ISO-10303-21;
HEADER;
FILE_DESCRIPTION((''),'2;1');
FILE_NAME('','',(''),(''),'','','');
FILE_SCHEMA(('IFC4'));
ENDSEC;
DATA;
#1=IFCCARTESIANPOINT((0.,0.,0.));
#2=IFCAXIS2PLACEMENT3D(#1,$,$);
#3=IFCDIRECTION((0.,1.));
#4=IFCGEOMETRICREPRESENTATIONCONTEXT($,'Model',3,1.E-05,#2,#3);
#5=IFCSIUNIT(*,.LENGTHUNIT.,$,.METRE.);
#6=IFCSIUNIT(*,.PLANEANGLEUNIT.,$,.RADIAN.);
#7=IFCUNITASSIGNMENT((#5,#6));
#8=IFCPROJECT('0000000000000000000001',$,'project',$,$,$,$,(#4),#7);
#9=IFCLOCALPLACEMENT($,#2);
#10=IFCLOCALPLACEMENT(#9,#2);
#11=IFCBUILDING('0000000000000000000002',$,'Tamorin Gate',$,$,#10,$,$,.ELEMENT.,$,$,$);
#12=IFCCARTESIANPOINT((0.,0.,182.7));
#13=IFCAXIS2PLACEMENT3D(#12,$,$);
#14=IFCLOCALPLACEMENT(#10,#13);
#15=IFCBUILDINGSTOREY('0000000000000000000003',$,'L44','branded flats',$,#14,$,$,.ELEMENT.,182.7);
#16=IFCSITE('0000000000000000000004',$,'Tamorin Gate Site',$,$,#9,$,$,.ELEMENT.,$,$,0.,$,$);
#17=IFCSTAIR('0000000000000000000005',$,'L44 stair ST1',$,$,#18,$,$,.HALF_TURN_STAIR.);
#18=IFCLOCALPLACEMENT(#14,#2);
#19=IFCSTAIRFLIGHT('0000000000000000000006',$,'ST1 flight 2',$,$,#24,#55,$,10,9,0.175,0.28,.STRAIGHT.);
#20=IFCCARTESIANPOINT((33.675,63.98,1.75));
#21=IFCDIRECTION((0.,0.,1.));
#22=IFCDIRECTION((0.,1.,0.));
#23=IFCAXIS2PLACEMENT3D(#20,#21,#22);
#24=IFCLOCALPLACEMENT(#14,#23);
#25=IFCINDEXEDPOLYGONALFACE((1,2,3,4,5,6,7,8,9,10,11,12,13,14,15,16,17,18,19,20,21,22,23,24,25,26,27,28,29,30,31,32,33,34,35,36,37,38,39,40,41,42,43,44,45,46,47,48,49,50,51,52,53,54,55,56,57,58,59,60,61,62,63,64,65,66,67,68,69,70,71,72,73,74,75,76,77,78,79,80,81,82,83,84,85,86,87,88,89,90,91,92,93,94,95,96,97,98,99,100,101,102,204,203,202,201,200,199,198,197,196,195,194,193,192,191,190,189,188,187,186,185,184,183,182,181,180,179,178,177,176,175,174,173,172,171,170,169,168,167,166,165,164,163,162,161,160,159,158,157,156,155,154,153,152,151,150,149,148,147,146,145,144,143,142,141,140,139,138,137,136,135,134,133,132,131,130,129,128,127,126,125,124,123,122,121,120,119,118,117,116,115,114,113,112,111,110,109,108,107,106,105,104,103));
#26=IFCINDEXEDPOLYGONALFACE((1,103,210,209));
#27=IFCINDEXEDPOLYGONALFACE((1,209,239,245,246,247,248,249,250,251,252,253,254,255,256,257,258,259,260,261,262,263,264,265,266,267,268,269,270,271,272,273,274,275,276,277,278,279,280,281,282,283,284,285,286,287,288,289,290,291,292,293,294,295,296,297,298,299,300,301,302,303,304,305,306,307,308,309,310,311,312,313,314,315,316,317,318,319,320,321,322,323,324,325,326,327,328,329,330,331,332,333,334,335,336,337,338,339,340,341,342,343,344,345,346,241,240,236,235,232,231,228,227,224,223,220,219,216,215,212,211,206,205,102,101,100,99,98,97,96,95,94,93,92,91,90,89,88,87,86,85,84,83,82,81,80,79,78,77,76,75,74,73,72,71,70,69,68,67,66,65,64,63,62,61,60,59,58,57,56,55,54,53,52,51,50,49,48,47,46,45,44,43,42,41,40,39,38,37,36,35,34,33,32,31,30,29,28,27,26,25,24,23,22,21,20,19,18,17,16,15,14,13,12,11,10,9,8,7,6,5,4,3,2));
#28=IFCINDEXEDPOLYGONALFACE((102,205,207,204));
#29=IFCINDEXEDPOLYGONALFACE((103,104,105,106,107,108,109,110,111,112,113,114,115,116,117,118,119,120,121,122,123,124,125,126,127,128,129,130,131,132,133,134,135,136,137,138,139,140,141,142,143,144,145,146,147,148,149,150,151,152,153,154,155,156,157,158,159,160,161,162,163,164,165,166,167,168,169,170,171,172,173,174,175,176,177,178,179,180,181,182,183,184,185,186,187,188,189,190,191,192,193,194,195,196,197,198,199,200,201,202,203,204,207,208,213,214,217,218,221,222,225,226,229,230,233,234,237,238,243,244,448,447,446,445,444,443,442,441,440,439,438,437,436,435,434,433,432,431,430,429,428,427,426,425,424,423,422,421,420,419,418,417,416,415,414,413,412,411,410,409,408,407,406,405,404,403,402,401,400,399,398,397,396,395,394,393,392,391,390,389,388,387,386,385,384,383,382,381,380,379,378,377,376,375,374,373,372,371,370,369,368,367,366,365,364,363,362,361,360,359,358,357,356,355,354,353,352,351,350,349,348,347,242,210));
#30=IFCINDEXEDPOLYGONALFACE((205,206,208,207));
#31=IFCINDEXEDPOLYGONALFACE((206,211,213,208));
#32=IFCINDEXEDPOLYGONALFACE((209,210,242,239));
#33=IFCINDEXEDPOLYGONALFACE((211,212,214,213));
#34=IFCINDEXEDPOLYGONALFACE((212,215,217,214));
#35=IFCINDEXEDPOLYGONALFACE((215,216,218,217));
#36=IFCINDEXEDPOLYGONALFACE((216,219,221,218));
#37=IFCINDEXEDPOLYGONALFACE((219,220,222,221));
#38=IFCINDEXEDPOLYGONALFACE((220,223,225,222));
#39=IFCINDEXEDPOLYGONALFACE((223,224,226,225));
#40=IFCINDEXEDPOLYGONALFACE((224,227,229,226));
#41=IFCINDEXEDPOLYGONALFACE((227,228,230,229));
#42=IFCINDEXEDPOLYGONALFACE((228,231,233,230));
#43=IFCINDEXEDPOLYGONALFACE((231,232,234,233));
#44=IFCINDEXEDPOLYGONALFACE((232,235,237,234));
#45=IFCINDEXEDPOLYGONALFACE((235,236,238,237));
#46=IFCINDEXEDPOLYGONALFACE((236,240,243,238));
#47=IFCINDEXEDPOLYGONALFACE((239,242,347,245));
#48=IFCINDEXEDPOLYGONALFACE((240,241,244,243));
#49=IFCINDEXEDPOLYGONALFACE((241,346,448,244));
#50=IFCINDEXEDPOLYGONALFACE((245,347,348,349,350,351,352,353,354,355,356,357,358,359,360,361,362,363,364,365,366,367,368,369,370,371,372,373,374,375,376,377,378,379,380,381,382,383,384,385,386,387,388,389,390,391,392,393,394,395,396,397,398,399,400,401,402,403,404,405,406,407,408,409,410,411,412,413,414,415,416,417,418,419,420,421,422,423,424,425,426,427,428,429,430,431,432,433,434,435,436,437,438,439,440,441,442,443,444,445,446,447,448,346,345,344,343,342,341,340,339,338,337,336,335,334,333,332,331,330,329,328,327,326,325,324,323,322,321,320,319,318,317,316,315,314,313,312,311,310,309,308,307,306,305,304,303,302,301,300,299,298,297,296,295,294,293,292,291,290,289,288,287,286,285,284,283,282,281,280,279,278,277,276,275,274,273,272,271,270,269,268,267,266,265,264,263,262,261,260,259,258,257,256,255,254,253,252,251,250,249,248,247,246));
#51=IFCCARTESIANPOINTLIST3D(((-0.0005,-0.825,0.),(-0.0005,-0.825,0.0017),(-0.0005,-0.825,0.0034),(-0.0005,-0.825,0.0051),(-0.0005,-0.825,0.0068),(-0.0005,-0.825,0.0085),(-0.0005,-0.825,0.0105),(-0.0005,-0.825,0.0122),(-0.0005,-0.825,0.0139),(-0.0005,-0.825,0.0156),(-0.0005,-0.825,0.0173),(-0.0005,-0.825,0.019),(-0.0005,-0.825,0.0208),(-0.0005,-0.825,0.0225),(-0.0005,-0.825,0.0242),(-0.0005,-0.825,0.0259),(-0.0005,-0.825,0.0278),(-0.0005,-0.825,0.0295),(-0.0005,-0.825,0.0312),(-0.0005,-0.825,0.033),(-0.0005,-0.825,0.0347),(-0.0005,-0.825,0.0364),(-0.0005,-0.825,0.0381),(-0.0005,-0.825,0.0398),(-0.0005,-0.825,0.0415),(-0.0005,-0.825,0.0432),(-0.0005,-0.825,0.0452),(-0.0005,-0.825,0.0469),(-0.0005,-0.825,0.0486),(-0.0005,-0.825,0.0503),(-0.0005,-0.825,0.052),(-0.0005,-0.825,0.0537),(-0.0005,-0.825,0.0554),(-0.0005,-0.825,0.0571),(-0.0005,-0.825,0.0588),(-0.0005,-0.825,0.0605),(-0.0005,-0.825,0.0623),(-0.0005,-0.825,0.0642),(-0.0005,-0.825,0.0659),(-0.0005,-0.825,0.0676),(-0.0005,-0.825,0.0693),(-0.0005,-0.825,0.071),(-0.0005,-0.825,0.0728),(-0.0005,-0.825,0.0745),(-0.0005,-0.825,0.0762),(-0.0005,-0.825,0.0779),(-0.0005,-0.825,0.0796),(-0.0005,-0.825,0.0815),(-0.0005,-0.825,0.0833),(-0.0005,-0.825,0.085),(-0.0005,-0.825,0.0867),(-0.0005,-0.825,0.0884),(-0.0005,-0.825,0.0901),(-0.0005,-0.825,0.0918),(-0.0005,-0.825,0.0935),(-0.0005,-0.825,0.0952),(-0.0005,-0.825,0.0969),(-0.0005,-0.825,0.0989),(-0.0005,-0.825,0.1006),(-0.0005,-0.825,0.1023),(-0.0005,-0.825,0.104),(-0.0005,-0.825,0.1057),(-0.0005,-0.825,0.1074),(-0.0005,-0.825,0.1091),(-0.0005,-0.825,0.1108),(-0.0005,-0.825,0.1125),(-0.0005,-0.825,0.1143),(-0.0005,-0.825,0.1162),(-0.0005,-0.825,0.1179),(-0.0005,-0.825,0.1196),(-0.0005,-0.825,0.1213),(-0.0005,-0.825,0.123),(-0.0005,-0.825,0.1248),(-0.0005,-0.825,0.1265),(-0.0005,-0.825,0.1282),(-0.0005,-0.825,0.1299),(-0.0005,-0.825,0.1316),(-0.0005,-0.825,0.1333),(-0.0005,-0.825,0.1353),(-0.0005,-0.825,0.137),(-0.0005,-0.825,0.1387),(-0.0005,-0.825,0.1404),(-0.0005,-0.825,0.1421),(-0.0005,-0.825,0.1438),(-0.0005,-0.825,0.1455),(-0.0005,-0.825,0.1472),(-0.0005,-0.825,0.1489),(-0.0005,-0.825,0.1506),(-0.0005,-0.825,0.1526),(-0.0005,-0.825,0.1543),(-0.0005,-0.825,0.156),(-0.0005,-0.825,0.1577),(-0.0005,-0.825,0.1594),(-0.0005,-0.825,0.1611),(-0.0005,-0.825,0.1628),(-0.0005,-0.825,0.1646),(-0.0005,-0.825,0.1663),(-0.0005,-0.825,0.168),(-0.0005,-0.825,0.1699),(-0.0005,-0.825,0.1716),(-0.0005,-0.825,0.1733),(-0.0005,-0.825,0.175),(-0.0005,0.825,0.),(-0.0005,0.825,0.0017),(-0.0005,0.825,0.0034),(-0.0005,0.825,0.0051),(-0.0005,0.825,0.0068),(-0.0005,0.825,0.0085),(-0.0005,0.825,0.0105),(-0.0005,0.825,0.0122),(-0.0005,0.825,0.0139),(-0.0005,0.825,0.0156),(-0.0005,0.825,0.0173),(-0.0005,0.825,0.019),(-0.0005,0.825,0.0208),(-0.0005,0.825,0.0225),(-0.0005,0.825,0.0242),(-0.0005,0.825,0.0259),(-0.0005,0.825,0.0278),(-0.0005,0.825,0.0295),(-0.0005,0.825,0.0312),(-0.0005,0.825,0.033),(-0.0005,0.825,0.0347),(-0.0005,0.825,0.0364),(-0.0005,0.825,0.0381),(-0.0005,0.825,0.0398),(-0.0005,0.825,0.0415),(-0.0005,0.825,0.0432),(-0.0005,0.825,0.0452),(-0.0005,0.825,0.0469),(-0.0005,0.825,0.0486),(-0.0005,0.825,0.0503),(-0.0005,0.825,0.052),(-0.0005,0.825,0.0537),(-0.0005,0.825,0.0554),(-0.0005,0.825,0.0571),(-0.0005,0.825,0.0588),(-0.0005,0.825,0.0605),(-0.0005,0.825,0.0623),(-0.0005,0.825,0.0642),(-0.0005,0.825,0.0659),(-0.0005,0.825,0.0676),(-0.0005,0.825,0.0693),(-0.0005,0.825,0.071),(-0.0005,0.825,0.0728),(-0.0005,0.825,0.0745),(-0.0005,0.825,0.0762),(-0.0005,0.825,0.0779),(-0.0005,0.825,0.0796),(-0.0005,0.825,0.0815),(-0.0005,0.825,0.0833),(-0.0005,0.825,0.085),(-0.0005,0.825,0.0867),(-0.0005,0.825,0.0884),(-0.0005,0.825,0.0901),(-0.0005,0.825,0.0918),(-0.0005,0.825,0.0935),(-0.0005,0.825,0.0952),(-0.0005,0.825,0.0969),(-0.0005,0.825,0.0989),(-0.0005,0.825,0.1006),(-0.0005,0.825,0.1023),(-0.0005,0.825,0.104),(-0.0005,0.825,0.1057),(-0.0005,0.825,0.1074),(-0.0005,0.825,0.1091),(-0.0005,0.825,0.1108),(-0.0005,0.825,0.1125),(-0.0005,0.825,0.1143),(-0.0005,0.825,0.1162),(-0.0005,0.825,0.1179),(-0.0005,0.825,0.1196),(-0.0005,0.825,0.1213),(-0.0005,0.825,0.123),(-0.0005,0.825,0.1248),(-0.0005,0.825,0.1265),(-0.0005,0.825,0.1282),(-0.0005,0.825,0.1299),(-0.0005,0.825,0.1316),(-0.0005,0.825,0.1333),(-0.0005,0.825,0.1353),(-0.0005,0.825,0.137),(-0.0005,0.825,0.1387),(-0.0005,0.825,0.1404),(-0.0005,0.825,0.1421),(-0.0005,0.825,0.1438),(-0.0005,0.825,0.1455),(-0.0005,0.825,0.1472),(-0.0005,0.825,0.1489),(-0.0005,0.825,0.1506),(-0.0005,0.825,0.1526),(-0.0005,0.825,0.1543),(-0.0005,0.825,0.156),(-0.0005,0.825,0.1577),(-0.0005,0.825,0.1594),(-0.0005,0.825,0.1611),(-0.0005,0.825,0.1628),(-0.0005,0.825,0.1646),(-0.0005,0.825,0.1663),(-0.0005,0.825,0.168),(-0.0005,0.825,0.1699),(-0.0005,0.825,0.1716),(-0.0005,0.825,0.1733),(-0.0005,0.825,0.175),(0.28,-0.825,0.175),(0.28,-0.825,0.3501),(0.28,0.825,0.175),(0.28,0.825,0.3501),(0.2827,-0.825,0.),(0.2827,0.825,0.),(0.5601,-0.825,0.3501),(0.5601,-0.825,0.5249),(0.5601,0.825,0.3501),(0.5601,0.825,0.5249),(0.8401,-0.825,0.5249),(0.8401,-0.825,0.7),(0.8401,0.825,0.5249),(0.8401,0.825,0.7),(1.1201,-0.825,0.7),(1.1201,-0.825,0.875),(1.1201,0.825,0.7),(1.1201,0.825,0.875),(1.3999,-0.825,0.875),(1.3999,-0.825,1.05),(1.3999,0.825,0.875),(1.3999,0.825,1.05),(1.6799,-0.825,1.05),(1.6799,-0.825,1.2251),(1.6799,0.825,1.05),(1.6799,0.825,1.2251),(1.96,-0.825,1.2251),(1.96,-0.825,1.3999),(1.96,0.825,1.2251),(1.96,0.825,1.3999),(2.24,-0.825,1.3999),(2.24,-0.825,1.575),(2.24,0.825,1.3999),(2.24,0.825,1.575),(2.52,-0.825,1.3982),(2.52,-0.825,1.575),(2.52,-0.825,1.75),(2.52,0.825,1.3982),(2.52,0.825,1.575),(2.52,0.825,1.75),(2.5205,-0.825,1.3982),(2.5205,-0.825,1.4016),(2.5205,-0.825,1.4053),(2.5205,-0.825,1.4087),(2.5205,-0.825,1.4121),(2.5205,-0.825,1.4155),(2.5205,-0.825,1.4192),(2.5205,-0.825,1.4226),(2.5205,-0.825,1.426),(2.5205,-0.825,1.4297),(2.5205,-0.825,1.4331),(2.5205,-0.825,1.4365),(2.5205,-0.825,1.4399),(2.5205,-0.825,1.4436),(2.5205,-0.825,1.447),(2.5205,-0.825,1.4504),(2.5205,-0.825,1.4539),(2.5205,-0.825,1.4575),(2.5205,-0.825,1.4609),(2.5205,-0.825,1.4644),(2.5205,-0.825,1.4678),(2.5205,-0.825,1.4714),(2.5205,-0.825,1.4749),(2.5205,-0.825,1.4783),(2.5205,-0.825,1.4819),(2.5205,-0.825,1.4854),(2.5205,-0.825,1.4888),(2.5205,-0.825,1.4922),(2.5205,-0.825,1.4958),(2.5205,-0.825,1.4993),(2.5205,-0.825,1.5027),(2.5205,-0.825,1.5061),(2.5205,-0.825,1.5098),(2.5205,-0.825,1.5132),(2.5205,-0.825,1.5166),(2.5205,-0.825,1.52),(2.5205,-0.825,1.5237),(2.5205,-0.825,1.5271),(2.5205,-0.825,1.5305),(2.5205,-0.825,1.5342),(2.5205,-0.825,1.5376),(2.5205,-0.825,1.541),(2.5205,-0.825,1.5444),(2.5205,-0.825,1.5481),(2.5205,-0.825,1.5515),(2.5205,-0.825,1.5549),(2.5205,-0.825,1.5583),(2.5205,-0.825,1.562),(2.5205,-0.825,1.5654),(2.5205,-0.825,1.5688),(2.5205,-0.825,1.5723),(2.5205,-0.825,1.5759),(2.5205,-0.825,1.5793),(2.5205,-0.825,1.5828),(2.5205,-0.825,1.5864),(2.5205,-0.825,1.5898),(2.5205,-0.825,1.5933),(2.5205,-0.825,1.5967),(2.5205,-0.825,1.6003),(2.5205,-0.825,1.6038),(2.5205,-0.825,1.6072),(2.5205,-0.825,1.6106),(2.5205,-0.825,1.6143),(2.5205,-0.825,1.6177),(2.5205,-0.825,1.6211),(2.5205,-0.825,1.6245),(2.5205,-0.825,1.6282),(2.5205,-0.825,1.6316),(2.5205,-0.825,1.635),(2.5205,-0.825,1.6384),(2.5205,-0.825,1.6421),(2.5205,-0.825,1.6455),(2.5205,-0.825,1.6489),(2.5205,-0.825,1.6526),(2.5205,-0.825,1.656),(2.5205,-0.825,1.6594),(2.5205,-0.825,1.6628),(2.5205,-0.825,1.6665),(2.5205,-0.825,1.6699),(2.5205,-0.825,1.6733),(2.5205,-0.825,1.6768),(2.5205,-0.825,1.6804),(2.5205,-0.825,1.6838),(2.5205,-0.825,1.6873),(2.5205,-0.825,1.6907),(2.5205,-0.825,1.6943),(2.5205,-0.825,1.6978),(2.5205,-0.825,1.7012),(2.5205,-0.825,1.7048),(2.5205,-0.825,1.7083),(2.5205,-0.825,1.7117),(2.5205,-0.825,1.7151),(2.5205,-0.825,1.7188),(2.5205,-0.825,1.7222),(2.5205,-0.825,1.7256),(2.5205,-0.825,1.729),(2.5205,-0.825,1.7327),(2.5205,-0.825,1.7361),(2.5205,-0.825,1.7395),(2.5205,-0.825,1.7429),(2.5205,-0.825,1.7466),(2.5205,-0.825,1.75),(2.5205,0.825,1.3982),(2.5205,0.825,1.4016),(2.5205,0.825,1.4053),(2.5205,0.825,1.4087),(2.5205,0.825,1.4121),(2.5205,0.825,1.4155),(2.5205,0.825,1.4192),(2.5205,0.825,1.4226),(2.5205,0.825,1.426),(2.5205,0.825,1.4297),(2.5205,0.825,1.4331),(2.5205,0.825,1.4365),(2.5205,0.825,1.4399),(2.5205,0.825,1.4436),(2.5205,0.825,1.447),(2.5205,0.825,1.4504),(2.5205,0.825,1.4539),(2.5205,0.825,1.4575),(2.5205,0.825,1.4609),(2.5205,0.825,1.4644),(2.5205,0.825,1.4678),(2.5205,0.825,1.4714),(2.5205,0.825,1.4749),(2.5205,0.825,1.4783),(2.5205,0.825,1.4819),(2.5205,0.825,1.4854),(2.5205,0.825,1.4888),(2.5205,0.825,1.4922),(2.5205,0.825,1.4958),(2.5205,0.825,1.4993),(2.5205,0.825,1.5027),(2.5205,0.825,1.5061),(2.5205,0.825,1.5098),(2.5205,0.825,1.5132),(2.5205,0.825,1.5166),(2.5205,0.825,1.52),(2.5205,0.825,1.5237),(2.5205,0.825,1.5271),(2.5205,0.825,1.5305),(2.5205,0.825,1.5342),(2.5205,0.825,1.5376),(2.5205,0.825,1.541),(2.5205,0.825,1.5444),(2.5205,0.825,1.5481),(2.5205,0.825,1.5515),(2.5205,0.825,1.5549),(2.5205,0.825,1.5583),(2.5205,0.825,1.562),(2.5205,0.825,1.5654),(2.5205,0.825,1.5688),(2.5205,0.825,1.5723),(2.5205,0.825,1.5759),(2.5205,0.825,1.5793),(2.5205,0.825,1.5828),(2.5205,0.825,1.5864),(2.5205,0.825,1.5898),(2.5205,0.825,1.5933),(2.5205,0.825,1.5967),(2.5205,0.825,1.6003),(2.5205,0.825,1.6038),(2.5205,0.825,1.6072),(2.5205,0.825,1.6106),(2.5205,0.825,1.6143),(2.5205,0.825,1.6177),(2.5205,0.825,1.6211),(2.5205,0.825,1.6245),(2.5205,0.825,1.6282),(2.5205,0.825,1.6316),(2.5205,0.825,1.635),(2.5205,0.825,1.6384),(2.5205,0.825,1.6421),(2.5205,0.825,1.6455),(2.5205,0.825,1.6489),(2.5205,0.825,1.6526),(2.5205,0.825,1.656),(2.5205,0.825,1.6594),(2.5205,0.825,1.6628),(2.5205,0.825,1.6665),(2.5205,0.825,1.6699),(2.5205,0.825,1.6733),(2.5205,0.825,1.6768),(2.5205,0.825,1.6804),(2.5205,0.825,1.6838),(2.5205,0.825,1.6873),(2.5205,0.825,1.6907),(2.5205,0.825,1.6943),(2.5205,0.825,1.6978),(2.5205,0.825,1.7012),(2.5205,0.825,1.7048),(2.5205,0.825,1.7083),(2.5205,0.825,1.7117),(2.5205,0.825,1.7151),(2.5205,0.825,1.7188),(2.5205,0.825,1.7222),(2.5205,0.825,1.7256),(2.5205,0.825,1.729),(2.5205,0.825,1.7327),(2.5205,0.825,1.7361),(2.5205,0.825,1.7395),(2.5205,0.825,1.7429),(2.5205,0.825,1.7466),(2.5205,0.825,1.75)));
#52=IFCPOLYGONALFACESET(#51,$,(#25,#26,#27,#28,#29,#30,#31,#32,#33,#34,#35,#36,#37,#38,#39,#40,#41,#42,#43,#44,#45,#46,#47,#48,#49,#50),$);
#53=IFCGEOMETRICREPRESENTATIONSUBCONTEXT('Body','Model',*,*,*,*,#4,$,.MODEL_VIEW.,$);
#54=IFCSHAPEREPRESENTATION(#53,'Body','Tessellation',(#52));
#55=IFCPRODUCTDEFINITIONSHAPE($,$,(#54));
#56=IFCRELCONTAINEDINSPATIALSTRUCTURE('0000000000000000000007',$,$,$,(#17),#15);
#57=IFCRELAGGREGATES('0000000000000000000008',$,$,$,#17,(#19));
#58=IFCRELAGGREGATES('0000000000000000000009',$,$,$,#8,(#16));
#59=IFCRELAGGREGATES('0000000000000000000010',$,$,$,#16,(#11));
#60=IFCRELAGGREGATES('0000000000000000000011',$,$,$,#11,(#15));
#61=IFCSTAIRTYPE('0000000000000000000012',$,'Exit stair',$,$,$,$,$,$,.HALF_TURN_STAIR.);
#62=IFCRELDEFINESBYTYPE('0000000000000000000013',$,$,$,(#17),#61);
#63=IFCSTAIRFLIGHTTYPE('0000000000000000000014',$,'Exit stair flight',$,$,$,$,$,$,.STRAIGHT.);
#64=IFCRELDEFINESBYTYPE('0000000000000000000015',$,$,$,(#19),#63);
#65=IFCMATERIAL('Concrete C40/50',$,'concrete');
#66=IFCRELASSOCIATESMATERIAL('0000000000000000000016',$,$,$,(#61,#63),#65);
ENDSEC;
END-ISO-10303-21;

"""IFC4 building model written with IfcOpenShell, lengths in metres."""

from ifc_helpers import new_model, si_unit, direction, frame, origin, place, context, subcontext, project, spatial, polyline, outline, extrude, material, type_object, element, aggregate, save


model = new_model("IFC4")

# Units and contexts
model_context = context("Model", 3, precision=1e-05, world=origin(), true_north=direction((0.0, 1.0)))
body_context = subcontext(model_context, "Body", "Model", "MODEL_VIEW")
ifc_project = project(units=[si_unit("LENGTHUNIT", "METRE"), si_unit("PLANEANGLEUNIT", "RADIAN")], contexts=[model_context])

# Site, building, storey
site_placement = place(None, origin())
site = spatial("IfcSite", under=ifc_project, at=site_placement, Name="Tamorin Gate Site", CompositionType="ELEMENT", RefElevation=0.0)
building_placement = place(site_placement, origin())
building = spatial("IfcBuilding", under=site, at=building_placement, Name="Tamorin Gate", CompositionType="ELEMENT")
storey_placement = place(building_placement, frame((0.0, 0.0, 182.7)))
storey = spatial("IfcBuildingStorey", under=building, at=storey_placement, Name="L44", Description="branded flats", CompositionType="ELEMENT", Elevation=182.7)

# Shared definitions
ifc_material_1 = material(Name="Concrete C40/50", Category="concrete")

# Stair, stair flight
stair_type = type_object("IfcStairType", Name="Exit stair", PredefinedType="HALF_TURN_STAIR", material=ifc_material_1)
stair_1_placement = place(storey_placement, origin())
stair_1 = element("IfcStair", 1, at=stair_1_placement, inside=storey, type_object=stair_type, Name="L44 stair ST1", PredefinedType="HALF_TURN_STAIR")
stair_flight_type = type_object("IfcStairFlightType", Name="Exit stair flight", PredefinedType="STRAIGHT", material=ifc_material_1)
stair_flight_1_placement = place(storey_placement, frame((33.675, 63.98, 1.75), z_axis=(0.0, 0.0, 1.0), x_axis=(0.0, 1.0, 0.0)))
stair_flight_1 = element("IfcStairFlight", 2, at=stair_flight_1_placement, type_object=stair_flight_type, Name="ST1 flight 2", NumberOfRisers=10, NumberOfTreads=9, PredefinedType="STRAIGHT", RiserHeight=0.175, TreadLength=0.28, context=body_context, shape_type="SweptSolid", body=[
    extrude(outline(polyline([(-0.0005, 0.0), (-0.0005, 0.0017), (-0.0005, 0.0034), (-0.0005, 0.0051), (-0.0005, 0.0068), (-0.0005, 0.0085), (-0.0005, 0.0105), (-0.0005, 0.0122), (-0.0005, 0.0139), (-0.0005, 0.0156), (-0.0005, 0.0173), (-0.0005, 0.019), (-0.0005, 0.0208), (-0.0005, 0.0225), (-0.0005, 0.0242), (-0.0005, 0.0259), (-0.0005, 0.0278), (-0.0005, 0.0295), (-0.0005, 0.0312), (-0.0005, 0.033), (-0.0005, 0.0347), (-0.0005, 0.0364), (-0.0005, 0.0381), (-0.0005, 0.0398), (-0.0005, 0.0415), (-0.0005, 0.0432), (-0.0005, 0.0452), (-0.0005, 0.0469), (-0.0005, 0.0486), (-0.0005, 0.0503), (-0.0005, 0.052), (-0.0005, 0.0537), (-0.0005, 0.0554), (-0.0005, 0.0571), (-0.0005, 0.0588), (-0.0005, 0.0605), (-0.0005, 0.0623), (-0.0005, 0.0642), (-0.0005, 0.0659), (-0.0005, 0.0676), (-0.0005, 0.0693), (-0.0005, 0.071), (-0.0005, 0.0728), (-0.0005, 0.0745), (-0.0005, 0.0762), (-0.0005, 0.0779), (-0.0005, 0.0796), (-0.0005, 0.0815), (-0.0005, 0.0833), (-0.0005, 0.085), (-0.0005, 0.0867), (-0.0005, 0.0884), (-0.0005, 0.0901), (-0.0005, 0.0918), (-0.0005, 0.0935), (-0.0005, 0.0952), (-0.0005, 0.0969), (-0.0005, 0.0989), (-0.0005, 0.1006), (-0.0005, 0.1023), (-0.0005, 0.104), (-0.0005, 0.1057), (-0.0005, 0.1074), (-0.0005, 0.1091), (-0.0005, 0.1108), (-0.0005, 0.1125), (-0.0005, 0.1143), (-0.0005, 0.1162), (-0.0005, 0.1179), (-0.0005, 0.1196), (-0.0005, 0.1213), (-0.0005, 0.123), (-0.0005, 0.1248), (-0.0005, 0.1265), (-0.0005, 0.1282), (-0.0005, 0.1299), (-0.0005, 0.1316), (-0.0005, 0.1333), (-0.0005, 0.1353), (-0.0005, 0.137), (-0.0005, 0.1387), (-0.0005, 0.1404), (-0.0005, 0.1421), (-0.0005, 0.1438), (-0.0005, 0.1455), (-0.0005, 0.1472), (-0.0005, 0.1489), (-0.0005, 0.1506), (-0.0005, 0.1526), (-0.0005, 0.1543), (-0.0005, 0.156), (-0.0005, 0.1577), (-0.0005, 0.1594), (-0.0005, 0.1611), (-0.0005, 0.1628), (-0.0005, 0.1646), (-0.0005, 0.1663), (-0.0005, 0.168), (-0.0005, 0.1699), (-0.0005, 0.1716), (-0.0005, 0.1733), (-0.0005, 0.175), (0.28, 0.175), (0.28, 0.3501), (0.5601, 0.3501), (0.5601, 0.5249), (0.8401, 0.5249), (0.8401, 0.7), (1.1201, 0.7), (1.1201, 0.875), (1.3999, 0.875), (1.3999, 1.05), (1.6799, 1.05), (1.6799, 1.2251), (1.96, 1.2251), (1.96, 1.3999), (2.24, 1.3999), (2.24, 1.575), (2.52, 1.575), (2.52, 1.75), (2.5205, 1.75), (2.5205, 1.7466), (2.5205, 1.7429), (2.5205, 1.7395), (2.5205, 1.7361), (2.5205, 1.7327), (2.5205, 1.729), (2.5205, 1.7256), (2.5205, 1.7222), (2.5205, 1.7188), (2.5205, 1.7151), (2.5205, 1.7117), (2.5205, 1.7083), (2.5205, 1.7048), (2.5205, 1.7012), (2.5205, 1.6978), (2.5205, 1.6943), (2.5205, 1.6907), (2.5205, 1.6873), (2.5205, 1.6838), (2.5205, 1.6804), (2.5205, 1.6768), (2.5205, 1.6733), (2.5205, 1.6699), (2.5205, 1.6665), (2.5205, 1.6628), (2.5205, 1.6594), (2.5205, 1.656), (2.5205, 1.6526), (2.5205, 1.6489), (2.5205, 1.6455), (2.5205, 1.6421), (2.5205, 1.6384), (2.5205, 1.635), (2.5205, 1.6316), (2.5205, 1.6282), (2.5205, 1.6245), (2.5205, 1.6211), (2.5205, 1.6177), (2.5205, 1.6143), (2.5205, 1.6106), (2.5205, 1.6072), (2.5205, 1.6038), (2.5205, 1.6003), (2.5205, 1.5967), (2.5205, 1.5933), (2.5205, 1.5898), (2.5205, 1.5864), (2.5205, 1.5828), (2.5205, 1.5793), (2.5205, 1.5759), (2.5205, 1.5723), (2.5205, 1.5688), (2.5205, 1.5654), (2.5205, 1.562), (2.5205, 1.5583), (2.5205, 1.5549), (2.5205, 1.5515), (2.5205, 1.5481), (2.5205, 1.5444), (2.5205, 1.541), (2.5205, 1.5376), (2.5205, 1.5342), (2.5205, 1.5305), (2.5205, 1.5271), (2.5205, 1.5237), (2.5205, 1.52), (2.5205, 1.5166), (2.5205, 1.5132), (2.5205, 1.5098), (2.5205, 1.5061), (2.5205, 1.5027), (2.5205, 1.4993), (2.5205, 1.4958), (2.5205, 1.4922), (2.5205, 1.4888), (2.5205, 1.4854), (2.5205, 1.4819), (2.5205, 1.4783), (2.5205, 1.4749), (2.5205, 1.4714), (2.5205, 1.4678), (2.5205, 1.4644), (2.5205, 1.4609), (2.5205, 1.4575), (2.5205, 1.4539), (2.5205, 1.4504), (2.5205, 1.447), (2.5205, 1.4436), (2.5205, 1.4399), (2.5205, 1.4365), (2.5205, 1.4331), (2.5205, 1.4297), (2.5205, 1.426), (2.5205, 1.4226), (2.5205, 1.4192), (2.5205, 1.4155), (2.5205, 1.4121), (2.5205, 1.4087), (2.5205, 1.4053), (2.5205, 1.4016), (2.5205, 1.3982), (2.52, 1.3982), (0.2827, 0.0), (-0.0005, 0.0)])), frame((0.0, 0.825, 0.0), z_axis=(0.0, -1.0, 0.0), x_axis=(1.0, 0.0, 0.0)), (0.0, 0.0, 1.0), 1.6499),
])
aggregate(stair_1, [stair_flight_1])

save(model, "model.ifc")
